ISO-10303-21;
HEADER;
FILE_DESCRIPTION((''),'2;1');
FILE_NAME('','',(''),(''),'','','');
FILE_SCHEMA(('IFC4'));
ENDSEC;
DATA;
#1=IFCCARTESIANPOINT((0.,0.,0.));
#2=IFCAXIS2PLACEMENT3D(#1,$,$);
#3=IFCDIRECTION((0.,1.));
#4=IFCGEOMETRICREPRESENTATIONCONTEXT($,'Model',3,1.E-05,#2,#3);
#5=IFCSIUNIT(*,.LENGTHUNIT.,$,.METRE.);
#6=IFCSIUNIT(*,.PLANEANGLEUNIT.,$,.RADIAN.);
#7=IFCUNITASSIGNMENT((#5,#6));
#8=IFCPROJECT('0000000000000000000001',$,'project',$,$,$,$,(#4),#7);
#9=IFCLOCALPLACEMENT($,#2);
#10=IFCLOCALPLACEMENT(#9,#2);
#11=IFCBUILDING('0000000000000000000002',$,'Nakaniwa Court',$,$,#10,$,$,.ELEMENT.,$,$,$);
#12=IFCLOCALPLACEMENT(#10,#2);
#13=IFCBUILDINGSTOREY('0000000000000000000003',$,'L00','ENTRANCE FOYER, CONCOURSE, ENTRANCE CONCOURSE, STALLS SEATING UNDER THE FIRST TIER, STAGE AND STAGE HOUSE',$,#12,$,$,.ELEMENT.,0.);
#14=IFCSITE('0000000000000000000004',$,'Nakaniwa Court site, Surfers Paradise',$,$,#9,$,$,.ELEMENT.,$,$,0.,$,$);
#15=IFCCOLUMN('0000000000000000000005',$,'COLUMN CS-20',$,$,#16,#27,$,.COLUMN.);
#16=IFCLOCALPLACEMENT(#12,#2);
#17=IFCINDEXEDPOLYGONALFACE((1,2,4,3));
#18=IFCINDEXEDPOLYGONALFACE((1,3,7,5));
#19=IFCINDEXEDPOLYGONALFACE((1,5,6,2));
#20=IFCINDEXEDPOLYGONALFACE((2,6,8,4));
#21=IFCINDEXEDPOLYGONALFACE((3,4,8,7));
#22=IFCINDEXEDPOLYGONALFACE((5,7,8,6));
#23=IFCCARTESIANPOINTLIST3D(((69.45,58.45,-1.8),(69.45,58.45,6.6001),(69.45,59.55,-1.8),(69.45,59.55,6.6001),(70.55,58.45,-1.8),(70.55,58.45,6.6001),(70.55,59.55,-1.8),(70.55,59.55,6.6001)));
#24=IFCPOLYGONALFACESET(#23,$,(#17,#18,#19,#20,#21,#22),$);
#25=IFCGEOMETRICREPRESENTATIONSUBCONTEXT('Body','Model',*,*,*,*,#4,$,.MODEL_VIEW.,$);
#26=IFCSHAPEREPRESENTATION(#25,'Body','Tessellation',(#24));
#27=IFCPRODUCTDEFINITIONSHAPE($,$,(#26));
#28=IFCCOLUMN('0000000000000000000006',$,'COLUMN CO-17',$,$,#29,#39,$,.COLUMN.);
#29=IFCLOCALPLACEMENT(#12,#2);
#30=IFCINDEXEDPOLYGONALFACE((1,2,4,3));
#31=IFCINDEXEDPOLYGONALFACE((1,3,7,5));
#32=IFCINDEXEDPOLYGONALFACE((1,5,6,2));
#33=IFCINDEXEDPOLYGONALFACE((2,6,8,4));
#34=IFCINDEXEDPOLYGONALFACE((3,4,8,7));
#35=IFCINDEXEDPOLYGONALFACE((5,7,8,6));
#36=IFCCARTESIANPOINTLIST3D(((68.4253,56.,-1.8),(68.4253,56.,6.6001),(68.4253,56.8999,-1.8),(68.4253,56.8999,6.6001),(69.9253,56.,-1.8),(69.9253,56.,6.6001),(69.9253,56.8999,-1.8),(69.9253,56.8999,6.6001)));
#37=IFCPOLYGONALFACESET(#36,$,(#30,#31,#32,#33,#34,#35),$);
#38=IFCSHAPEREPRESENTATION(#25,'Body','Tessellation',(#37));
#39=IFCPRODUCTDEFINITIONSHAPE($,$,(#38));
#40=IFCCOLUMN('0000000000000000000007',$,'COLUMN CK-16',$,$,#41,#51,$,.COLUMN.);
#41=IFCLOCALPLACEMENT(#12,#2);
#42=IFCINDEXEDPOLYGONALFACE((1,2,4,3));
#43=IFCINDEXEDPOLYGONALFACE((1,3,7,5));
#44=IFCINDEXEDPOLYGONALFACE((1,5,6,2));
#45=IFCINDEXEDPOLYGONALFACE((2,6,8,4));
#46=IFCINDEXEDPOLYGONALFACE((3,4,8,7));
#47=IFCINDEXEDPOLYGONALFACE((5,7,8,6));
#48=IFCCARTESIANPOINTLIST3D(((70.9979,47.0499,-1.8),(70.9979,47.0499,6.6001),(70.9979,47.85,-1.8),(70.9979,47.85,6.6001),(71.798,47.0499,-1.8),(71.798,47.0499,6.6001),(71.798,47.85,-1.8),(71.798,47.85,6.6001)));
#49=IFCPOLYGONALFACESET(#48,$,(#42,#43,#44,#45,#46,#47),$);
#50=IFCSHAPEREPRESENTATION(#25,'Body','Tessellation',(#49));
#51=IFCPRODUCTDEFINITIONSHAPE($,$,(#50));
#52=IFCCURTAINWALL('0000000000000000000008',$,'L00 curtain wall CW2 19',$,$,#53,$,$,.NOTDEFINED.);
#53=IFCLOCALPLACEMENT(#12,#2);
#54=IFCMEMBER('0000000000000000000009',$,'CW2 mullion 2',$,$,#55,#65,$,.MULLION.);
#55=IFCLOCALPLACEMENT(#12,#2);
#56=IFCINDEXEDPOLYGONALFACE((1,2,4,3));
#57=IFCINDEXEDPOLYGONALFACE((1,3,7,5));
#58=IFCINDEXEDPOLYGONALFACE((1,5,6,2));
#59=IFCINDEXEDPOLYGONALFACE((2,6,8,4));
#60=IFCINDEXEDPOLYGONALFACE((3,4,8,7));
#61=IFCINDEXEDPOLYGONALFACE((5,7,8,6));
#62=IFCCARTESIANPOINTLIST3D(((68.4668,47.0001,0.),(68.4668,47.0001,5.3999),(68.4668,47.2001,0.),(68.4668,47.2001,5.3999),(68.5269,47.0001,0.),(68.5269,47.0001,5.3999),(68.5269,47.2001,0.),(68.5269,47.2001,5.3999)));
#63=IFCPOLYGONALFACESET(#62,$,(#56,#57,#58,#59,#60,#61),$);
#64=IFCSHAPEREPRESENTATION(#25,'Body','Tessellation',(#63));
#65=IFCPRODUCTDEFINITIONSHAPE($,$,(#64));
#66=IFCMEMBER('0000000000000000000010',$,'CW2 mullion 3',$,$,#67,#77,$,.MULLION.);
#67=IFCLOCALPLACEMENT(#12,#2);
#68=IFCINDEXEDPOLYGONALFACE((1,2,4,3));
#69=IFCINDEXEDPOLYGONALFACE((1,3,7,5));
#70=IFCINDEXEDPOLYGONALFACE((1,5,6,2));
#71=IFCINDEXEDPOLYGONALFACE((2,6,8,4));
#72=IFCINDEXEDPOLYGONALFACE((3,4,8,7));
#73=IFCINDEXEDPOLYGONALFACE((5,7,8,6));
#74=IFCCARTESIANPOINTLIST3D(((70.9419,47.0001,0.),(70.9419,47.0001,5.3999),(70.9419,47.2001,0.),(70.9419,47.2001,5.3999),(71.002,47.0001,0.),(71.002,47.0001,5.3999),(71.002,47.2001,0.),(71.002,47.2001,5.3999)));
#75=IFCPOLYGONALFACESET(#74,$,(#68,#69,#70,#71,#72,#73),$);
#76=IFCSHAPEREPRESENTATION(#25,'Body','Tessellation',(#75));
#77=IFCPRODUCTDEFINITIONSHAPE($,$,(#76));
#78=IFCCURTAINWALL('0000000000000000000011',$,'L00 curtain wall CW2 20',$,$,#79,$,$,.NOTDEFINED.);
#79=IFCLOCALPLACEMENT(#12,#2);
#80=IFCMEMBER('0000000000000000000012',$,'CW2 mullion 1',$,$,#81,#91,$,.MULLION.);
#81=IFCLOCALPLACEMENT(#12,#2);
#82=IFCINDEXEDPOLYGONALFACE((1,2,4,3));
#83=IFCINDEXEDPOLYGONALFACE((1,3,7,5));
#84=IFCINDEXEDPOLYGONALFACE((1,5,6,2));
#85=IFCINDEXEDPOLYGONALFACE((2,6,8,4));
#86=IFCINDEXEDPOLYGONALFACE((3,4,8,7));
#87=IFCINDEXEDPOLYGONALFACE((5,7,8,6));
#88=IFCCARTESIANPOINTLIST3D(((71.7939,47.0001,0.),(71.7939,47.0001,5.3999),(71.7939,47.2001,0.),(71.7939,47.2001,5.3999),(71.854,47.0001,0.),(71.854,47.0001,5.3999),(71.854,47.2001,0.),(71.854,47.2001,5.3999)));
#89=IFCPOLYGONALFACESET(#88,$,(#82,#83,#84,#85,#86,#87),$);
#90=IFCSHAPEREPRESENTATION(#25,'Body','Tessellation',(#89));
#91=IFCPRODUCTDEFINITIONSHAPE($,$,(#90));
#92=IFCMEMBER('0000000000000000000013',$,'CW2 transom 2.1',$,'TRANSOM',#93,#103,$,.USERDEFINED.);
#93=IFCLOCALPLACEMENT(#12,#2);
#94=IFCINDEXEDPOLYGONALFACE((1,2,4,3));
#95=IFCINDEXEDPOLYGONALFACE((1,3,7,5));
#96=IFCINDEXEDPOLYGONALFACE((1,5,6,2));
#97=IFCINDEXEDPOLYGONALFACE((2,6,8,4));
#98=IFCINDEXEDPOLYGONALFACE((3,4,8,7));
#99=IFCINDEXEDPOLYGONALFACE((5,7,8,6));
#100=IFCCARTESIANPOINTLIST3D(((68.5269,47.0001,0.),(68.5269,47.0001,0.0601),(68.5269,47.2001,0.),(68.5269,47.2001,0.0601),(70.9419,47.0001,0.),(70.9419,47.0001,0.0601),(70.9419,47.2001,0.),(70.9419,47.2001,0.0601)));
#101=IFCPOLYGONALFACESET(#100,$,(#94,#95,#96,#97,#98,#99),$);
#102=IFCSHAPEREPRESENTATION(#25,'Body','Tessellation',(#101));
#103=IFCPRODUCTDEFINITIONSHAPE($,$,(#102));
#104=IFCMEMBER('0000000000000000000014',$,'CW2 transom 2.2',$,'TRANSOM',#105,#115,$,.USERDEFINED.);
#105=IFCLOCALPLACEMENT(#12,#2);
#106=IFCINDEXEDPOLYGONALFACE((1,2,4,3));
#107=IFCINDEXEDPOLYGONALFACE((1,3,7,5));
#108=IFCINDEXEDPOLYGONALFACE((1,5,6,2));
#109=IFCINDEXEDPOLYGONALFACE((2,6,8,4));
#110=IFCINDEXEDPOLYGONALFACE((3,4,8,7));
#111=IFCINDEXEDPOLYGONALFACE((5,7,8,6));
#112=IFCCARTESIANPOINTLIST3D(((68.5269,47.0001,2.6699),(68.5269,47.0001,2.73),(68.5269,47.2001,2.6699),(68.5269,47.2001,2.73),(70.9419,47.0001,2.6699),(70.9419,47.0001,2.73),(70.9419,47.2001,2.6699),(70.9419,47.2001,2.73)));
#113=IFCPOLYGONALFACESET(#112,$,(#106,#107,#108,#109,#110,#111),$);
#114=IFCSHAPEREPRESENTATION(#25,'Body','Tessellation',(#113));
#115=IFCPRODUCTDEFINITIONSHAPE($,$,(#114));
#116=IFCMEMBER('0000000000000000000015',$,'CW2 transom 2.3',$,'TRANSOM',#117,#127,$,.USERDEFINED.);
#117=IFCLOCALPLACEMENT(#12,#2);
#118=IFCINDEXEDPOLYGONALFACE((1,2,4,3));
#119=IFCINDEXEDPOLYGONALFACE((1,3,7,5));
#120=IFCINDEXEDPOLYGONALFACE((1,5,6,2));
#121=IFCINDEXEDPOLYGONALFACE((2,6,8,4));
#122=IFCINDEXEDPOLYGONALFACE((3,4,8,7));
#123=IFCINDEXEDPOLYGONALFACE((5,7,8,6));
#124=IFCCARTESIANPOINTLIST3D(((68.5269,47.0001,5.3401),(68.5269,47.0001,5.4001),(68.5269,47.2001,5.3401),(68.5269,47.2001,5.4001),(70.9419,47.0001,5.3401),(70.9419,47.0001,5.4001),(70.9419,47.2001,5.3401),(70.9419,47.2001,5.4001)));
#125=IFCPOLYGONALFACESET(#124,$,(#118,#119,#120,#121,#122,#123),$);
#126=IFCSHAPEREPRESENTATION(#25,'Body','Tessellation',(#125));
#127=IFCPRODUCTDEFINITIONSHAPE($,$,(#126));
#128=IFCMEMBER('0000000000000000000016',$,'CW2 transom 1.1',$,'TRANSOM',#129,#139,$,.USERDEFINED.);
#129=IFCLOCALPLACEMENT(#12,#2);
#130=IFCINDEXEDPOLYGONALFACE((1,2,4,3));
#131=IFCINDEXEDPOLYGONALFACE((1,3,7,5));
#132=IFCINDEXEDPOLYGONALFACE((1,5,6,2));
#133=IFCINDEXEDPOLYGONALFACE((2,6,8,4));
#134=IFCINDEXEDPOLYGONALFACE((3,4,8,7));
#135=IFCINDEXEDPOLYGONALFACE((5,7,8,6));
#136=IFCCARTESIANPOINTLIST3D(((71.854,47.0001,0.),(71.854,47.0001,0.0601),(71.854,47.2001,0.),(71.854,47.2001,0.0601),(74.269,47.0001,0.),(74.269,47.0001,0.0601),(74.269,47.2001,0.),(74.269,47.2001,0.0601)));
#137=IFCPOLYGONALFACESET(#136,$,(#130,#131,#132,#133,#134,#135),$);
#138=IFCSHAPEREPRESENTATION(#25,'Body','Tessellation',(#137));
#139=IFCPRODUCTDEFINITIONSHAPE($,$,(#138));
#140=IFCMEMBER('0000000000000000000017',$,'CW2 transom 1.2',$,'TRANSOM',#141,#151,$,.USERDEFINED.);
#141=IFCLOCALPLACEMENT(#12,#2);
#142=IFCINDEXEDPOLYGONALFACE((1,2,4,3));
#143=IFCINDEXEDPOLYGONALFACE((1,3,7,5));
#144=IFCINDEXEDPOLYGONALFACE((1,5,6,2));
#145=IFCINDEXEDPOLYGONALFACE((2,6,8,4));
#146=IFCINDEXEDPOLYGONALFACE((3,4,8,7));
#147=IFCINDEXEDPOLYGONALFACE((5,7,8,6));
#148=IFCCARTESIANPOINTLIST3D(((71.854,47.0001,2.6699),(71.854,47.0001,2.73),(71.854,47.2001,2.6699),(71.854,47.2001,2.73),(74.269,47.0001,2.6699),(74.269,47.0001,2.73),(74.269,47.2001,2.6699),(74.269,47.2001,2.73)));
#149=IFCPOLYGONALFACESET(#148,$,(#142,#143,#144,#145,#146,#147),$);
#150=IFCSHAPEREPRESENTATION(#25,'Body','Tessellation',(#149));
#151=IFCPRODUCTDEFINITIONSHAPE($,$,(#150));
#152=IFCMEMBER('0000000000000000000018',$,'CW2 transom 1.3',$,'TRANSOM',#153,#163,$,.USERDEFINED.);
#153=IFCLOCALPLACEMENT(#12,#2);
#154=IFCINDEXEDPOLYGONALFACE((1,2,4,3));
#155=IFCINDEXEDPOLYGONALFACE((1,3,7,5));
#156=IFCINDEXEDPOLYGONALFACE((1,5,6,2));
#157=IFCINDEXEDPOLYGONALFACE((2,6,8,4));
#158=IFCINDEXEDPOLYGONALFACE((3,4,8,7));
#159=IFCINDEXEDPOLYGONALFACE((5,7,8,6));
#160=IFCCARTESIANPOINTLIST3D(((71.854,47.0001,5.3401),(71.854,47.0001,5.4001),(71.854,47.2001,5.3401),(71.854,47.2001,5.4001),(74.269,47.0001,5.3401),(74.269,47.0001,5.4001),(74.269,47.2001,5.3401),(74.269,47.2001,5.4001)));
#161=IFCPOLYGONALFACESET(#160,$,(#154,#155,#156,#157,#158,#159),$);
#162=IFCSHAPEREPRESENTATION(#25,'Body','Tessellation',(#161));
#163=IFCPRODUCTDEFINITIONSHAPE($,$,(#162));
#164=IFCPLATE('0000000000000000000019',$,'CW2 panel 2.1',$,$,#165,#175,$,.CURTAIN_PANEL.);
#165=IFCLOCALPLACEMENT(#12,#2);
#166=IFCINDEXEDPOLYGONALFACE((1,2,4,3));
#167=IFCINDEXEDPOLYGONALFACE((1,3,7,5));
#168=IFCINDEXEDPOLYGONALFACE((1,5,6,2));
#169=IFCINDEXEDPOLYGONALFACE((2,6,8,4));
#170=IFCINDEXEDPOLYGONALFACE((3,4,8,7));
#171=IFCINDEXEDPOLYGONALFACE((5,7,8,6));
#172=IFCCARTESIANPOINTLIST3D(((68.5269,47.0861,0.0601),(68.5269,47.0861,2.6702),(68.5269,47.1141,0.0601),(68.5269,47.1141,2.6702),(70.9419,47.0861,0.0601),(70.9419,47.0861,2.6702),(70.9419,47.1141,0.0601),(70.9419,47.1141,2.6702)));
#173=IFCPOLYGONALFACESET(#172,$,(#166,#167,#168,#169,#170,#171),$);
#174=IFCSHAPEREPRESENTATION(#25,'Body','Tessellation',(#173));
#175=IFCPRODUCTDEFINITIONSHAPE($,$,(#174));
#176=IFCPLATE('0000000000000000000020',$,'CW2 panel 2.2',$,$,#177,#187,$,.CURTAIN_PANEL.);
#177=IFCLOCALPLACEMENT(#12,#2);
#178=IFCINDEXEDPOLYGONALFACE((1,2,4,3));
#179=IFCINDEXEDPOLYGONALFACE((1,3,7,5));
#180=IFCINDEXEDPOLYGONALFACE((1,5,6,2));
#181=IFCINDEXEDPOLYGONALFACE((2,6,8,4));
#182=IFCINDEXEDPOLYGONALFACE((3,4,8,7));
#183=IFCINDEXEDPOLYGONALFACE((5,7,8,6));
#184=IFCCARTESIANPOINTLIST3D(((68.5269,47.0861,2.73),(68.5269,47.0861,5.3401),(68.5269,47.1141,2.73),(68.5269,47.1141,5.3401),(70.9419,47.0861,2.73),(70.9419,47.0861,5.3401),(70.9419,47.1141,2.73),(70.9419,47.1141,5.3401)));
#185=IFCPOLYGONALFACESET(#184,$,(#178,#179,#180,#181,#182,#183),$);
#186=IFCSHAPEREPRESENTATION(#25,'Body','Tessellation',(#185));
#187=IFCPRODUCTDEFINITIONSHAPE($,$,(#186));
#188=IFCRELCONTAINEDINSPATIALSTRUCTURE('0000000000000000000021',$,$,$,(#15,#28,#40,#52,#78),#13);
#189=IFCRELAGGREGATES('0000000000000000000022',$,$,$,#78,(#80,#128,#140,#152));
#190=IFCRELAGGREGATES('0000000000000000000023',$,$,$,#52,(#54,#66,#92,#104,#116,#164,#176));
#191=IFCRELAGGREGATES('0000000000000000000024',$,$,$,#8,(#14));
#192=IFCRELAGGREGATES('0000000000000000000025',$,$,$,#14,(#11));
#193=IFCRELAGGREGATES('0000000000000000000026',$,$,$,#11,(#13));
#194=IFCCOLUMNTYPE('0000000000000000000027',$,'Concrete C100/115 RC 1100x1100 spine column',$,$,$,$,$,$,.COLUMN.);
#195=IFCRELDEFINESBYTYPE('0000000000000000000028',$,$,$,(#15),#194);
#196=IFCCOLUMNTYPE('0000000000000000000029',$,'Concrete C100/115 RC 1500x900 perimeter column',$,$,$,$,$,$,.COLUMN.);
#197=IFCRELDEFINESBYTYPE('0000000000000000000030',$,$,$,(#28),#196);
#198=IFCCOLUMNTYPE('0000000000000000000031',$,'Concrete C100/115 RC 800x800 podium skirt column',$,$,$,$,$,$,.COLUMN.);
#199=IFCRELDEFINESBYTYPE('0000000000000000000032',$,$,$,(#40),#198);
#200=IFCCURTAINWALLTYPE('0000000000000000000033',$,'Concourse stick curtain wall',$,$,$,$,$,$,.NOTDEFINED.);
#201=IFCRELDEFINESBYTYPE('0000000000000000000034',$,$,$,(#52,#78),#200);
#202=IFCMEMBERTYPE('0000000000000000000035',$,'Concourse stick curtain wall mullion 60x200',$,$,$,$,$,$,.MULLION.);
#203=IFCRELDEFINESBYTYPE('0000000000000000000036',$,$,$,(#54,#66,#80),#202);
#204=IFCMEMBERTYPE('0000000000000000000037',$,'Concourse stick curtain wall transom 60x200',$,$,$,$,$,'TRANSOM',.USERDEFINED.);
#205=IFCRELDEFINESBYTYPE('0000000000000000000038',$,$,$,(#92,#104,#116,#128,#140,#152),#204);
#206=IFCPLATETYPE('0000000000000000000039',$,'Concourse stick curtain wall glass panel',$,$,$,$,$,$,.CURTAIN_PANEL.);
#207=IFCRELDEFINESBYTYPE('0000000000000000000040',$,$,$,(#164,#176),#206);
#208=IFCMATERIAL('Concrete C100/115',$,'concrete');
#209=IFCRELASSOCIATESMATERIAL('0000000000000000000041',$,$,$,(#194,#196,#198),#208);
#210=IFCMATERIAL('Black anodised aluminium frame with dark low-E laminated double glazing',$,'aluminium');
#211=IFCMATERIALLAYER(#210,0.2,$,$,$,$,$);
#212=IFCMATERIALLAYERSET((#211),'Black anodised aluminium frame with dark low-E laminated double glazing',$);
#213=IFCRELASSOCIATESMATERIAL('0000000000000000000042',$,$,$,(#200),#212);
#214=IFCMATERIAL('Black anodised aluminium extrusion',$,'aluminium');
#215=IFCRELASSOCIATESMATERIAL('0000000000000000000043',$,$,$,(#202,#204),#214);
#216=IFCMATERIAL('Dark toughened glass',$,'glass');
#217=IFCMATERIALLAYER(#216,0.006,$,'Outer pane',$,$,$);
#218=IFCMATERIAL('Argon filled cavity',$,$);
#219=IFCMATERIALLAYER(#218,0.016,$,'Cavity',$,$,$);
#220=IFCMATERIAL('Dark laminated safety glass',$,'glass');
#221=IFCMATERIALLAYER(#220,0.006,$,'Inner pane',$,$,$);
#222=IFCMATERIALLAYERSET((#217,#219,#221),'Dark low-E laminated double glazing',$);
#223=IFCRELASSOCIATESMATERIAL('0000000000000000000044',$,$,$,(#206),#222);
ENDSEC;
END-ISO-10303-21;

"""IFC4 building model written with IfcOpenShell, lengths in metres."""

from ifc_helpers import new_model, si_unit, direction, frame, origin, origin_2d, place, context, subcontext, project, spatial, rectangle, extrude, material, layer, layer_set, material_profile, profile_set, type_object, element, aggregate, save


model = new_model("IFC4")

# Units and contexts
model_context = context("Model", 3, precision=1e-05, world=origin(), true_north=direction((0.0, 1.0)))
body_context = subcontext(model_context, "Body", "Model", "MODEL_VIEW")
ifc_project = project(units=[si_unit("LENGTHUNIT", "METRE"), si_unit("PLANEANGLEUNIT", "RADIAN")], contexts=[model_context])

# Site, building, storey
site_placement = place(None, origin())
site = spatial("IfcSite", under=ifc_project, at=site_placement, Name="Nakaniwa Court site, Surfers Paradise", CompositionType="ELEMENT", RefElevation=0.0)
building_placement = place(site_placement, origin())
building = spatial("IfcBuilding", under=site, at=building_placement, Name="Nakaniwa Court", CompositionType="ELEMENT")
storey_placement = place(building_placement, origin())
storey = spatial("IfcBuildingStorey", under=building, at=storey_placement, Name="L00", Description="ENTRANCE FOYER, CONCOURSE, ENTRANCE CONCOURSE, STALLS SEATING UNDER THE FIRST TIER, STAGE AND STAGE HOUSE", CompositionType="ELEMENT", Elevation=0.0)

# Columns
ifc_material_1 = material(Name="Concrete C100/115", Category="concrete")
ifc_material_profile_1 = material_profile(ifc_material_1, rectangle(XDim=1.1001, YDim=1.1001, at=origin_2d()), Name="Concrete C100/115 RC 1100x1100 spine column")
ifc_profile_set_1 = profile_set([ifc_material_profile_1], Name="Concrete C100/115")
column_type_1 = type_object("IfcColumnType", Name="Concrete C100/115 RC 1100x1100 spine column", PredefinedType="COLUMN", material=ifc_profile_set_1)
column_1_placement = place(storey_placement, frame((70.0, 59.0, -1.8), z_axis=(0.0, 0.0, 1.0), x_axis=(0.0, -1.0, 0.0)))
element("IfcColumn", 1, at=column_1_placement, inside=storey, type_object=column_type_1, Name="COLUMN CS-20", PredefinedType="COLUMN", context=body_context, shape_type="SweptSolid", body=[
    extrude(rectangle(XDim=1.1001, YDim=1.1001, at=origin_2d()), origin(), (0.0, 0.0, 1.0), 8.4001),
])
ifc_material_profile_2 = material_profile(ifc_material_1, rectangle(XDim=1.5, YDim=0.8999, at=origin_2d()), Name="Concrete C100/115 RC 1500x900 perimeter column")
ifc_profile_set_2 = profile_set([ifc_material_profile_2], Name="Concrete C100/115")
column_type_2 = type_object("IfcColumnType", Name="Concrete C100/115 RC 1500x900 perimeter column", PredefinedType="COLUMN", material=ifc_profile_set_2)
column_2_placement = place(storey_placement, frame((69.1753, 56.45, -1.8), z_axis=(0.0, 0.0, 1.0), x_axis=(1.0, 0.0, 0.0)))
element("IfcColumn", 2, at=column_2_placement, inside=storey, type_object=column_type_2, Name="COLUMN CO-17", PredefinedType="COLUMN", context=body_context, shape_type="SweptSolid", body=[
    extrude(rectangle(XDim=1.5, YDim=0.8999, at=origin_2d()), origin(), (0.0, 0.0, 1.0), 8.4001),
])
ifc_material_profile_3 = material_profile(ifc_material_1, rectangle(XDim=0.8, YDim=0.8, at=origin_2d()), Name="Concrete C100/115 RC 800x800 podium skirt column")
ifc_profile_set_3 = profile_set([ifc_material_profile_3], Name="Concrete C100/115")
column_type_3 = type_object("IfcColumnType", Name="Concrete C100/115 RC 800x800 podium skirt column", PredefinedType="COLUMN", material=ifc_profile_set_3)
column_3_placement = place(storey_placement, frame((71.3979, 47.45, -1.8), z_axis=(0.0, 0.0, 1.0), x_axis=(1.0, 0.0, 0.0)))
element("IfcColumn", 3, at=column_3_placement, inside=storey, type_object=column_type_3, Name="COLUMN CK-16", PredefinedType="COLUMN", context=body_context, shape_type="SweptSolid", body=[
    extrude(rectangle(XDim=0.8, YDim=0.8, at=origin_2d()), origin(), (0.0, 0.0, 1.0), 8.4001),
])

# Curtain wall, members
ifc_material_2 = material(Name="Black anodised aluminium frame with dark low-E laminated double glazing", Category="aluminium")
ifc_layer_1 = layer(ifc_material_2, 0.2)
ifc_layer_set_1 = layer_set([ifc_layer_1], Name="Black anodised aluminium frame with dark low-E laminated double glazing")
curtain_wall_type = type_object("IfcCurtainWallType", Name="Concourse stick curtain wall", PredefinedType="NOTDEFINED", material=ifc_layer_set_1)
curtain_wall_1_placement = place(storey_placement, origin())
curtain_wall_1 = element("IfcCurtainWall", 4, at=curtain_wall_1_placement, inside=storey, type_object=curtain_wall_type, Name="L00 curtain wall CW2 19", PredefinedType="NOTDEFINED")
ifc_material_3 = material(Name="Black anodised aluminium extrusion", Category="aluminium")
ifc_material_profile_4 = material_profile(ifc_material_3, rectangle(XDim=0.2, YDim=0.0601, at=origin_2d()), Name="Concourse stick curtain wall mullion 60x200")
ifc_profile_set_4 = profile_set([ifc_material_profile_4], Name="Black anodised aluminium extrusion")
member_type_1 = type_object("IfcMemberType", Name="Concourse stick curtain wall mullion 60x200", PredefinedType="MULLION", material=ifc_profile_set_4)
member_1_placement = place(storey_placement, frame((68.4968, 47.1001, 0.0), z_axis=(0.0, 0.0, 1.0), x_axis=(0.0, 1.0, 0.0)))
member_1 = element("IfcMember", 5, at=member_1_placement, type_object=member_type_1, Name="CW2 mullion 2", PredefinedType="MULLION", context=body_context, shape_type="SweptSolid", body=[
    extrude(rectangle(XDim=0.2, YDim=0.0601, at=origin_2d()), origin(), (0.0, 0.0, 1.0), 5.3999),
])
member_2_placement = place(storey_placement, frame((70.9719, 47.1001, 0.0), z_axis=(0.0, 0.0, 1.0), x_axis=(0.0, 1.0, 0.0)))
member_2 = element("IfcMember", 6, at=member_2_placement, type_object=member_type_1, Name="CW2 mullion 3", PredefinedType="MULLION", context=body_context, shape_type="SweptSolid", body=[
    extrude(rectangle(XDim=0.2, YDim=0.0601, at=origin_2d()), origin(), (0.0, 0.0, 1.0), 5.3999),
])

# Curtain wall, member
curtain_wall_2_placement = place(storey_placement, origin())
curtain_wall_2 = element("IfcCurtainWall", 7, at=curtain_wall_2_placement, inside=storey, type_object=curtain_wall_type, Name="L00 curtain wall CW2 20", PredefinedType="NOTDEFINED")
member_3_placement = place(storey_placement, frame((71.824, 47.1001, 0.0), z_axis=(0.0, 0.0, 1.0), x_axis=(0.0, 1.0, 0.0)))
member_3 = element("IfcMember", 8, at=member_3_placement, type_object=member_type_1, Name="CW2 mullion 1", PredefinedType="MULLION", context=body_context, shape_type="SweptSolid", body=[
    extrude(rectangle(XDim=0.2, YDim=0.0601, at=origin_2d()), origin(), (0.0, 0.0, 1.0), 5.3999),
])

# Members
ifc_material_profile_5 = material_profile(ifc_material_3, rectangle(XDim=0.2, YDim=0.0601, at=origin_2d()), Name="Concourse stick curtain wall transom 60x200")
ifc_profile_set_5 = profile_set([ifc_material_profile_5], Name="Black anodised aluminium extrusion")
member_type_2 = type_object("IfcMemberType", Name="Concourse stick curtain wall transom 60x200", ElementType="TRANSOM", PredefinedType="USERDEFINED", material=ifc_profile_set_5)
member_4_placement = place(storey_placement, frame((68.5269, 47.1001, 0.03), z_axis=(1.0, 0.0, 0.0), x_axis=(0.0, 1.0, 0.0)))
member_4 = element("IfcMember", 9, at=member_4_placement, type_object=member_type_2, Name="CW2 transom 2.1", ObjectType="TRANSOM", PredefinedType="USERDEFINED", context=body_context, shape_type="SweptSolid", body=[
    extrude(rectangle(XDim=0.2, YDim=0.0601, at=origin_2d()), origin(), (0.0, 0.0, 1.0), 2.415),
])
member_5_placement = place(storey_placement, frame((68.5269, 47.1001, 2.7), z_axis=(1.0, 0.0, 0.0), x_axis=(0.0, 1.0, 0.0)))
member_5 = element("IfcMember", 10, at=member_5_placement, type_object=member_type_2, Name="CW2 transom 2.2", ObjectType="TRANSOM", PredefinedType="USERDEFINED", context=body_context, shape_type="SweptSolid", body=[
    extrude(rectangle(XDim=0.2, YDim=0.0601, at=origin_2d()), origin(), (0.0, 0.0, 1.0), 2.415),
])
member_6_placement = place(storey_placement, frame((68.5269, 47.1001, 5.3701), z_axis=(1.0, 0.0, 0.0), x_axis=(0.0, 1.0, 0.0)))
member_6 = element("IfcMember", 11, at=member_6_placement, type_object=member_type_2, Name="CW2 transom 2.3", ObjectType="TRANSOM", PredefinedType="USERDEFINED", context=body_context, shape_type="SweptSolid", body=[
    extrude(rectangle(XDim=0.2, YDim=0.0601, at=origin_2d()), origin(), (0.0, 0.0, 1.0), 2.415),
])
member_7_placement = place(storey_placement, frame((71.854, 47.1001, 0.03), z_axis=(1.0, 0.0, 0.0), x_axis=(0.0, 1.0, 0.0)))
member_7 = element("IfcMember", 12, at=member_7_placement, type_object=member_type_2, Name="CW2 transom 1.1", ObjectType="TRANSOM", PredefinedType="USERDEFINED", context=body_context, shape_type="SweptSolid", body=[
    extrude(rectangle(XDim=0.2, YDim=0.0601, at=origin_2d()), origin(), (0.0, 0.0, 1.0), 2.415),
])
member_8_placement = place(storey_placement, frame((71.854, 47.1001, 2.7), z_axis=(1.0, 0.0, 0.0), x_axis=(0.0, 1.0, 0.0)))
member_8 = element("IfcMember", 13, at=member_8_placement, type_object=member_type_2, Name="CW2 transom 1.2", ObjectType="TRANSOM", PredefinedType="USERDEFINED", context=body_context, shape_type="SweptSolid", body=[
    extrude(rectangle(XDim=0.2, YDim=0.0601, at=origin_2d()), origin(), (0.0, 0.0, 1.0), 2.415),
])
member_9_placement = place(storey_placement, frame((71.854, 47.1001, 5.3701), z_axis=(1.0, 0.0, 0.0), x_axis=(0.0, 1.0, 0.0)))
member_9 = element("IfcMember", 14, at=member_9_placement, type_object=member_type_2, Name="CW2 transom 1.3", ObjectType="TRANSOM", PredefinedType="USERDEFINED", context=body_context, shape_type="SweptSolid", body=[
    extrude(rectangle(XDim=0.2, YDim=0.0601, at=origin_2d()), origin(), (0.0, 0.0, 1.0), 2.415),
])
aggregate(curtain_wall_2, [member_3, member_7, member_8, member_9])

# Plates
ifc_material_4 = material(Name="Dark toughened glass", Category="glass")
ifc_layer_2 = layer(ifc_material_4, 0.006, Name="Outer pane")
ifc_material_5 = material(Name="Argon filled cavity")
ifc_layer_3 = layer(ifc_material_5, 0.016, Name="Cavity")
ifc_material_6 = material(Name="Dark laminated safety glass", Category="glass")
ifc_layer_4 = layer(ifc_material_6, 0.006, Name="Inner pane")
ifc_layer_set_2 = layer_set([ifc_layer_2, ifc_layer_3, ifc_layer_4], Name="Dark low-E laminated double glazing")
plate_type = type_object("IfcPlateType", Name="Concourse stick curtain wall glass panel", PredefinedType="CURTAIN_PANEL", material=ifc_layer_set_2)
plate_1_placement = place(storey_placement, frame((69.7344, 47.1001, 0.0601), z_axis=(0.0, 0.0, 1.0), x_axis=(1.0, 0.0, 0.0)))
plate_1 = element("IfcPlate", 15, at=plate_1_placement, type_object=plate_type, Name="CW2 panel 2.1", PredefinedType="CURTAIN_PANEL", context=body_context, shape_type="SweptSolid", body=[
    extrude(rectangle(XDim=2.415, YDim=0.0281, at=origin_2d()), origin(), (0.0, 0.0, 1.0), 2.6101),
])
plate_2_placement = place(storey_placement, frame((69.7344, 47.1001, 2.73), z_axis=(0.0, 0.0, 1.0), x_axis=(1.0, 0.0, 0.0)))
plate_2 = element("IfcPlate", 16, at=plate_2_placement, type_object=plate_type, Name="CW2 panel 2.2", PredefinedType="CURTAIN_PANEL", context=body_context, shape_type="SweptSolid", body=[
    extrude(rectangle(XDim=2.415, YDim=0.0281, at=origin_2d()), origin(), (0.0, 0.0, 1.0), 2.6101),
])
aggregate(curtain_wall_1, [member_1, member_2, member_4, member_5, member_6, plate_1, plate_2])

save(model, "model.ifc")
